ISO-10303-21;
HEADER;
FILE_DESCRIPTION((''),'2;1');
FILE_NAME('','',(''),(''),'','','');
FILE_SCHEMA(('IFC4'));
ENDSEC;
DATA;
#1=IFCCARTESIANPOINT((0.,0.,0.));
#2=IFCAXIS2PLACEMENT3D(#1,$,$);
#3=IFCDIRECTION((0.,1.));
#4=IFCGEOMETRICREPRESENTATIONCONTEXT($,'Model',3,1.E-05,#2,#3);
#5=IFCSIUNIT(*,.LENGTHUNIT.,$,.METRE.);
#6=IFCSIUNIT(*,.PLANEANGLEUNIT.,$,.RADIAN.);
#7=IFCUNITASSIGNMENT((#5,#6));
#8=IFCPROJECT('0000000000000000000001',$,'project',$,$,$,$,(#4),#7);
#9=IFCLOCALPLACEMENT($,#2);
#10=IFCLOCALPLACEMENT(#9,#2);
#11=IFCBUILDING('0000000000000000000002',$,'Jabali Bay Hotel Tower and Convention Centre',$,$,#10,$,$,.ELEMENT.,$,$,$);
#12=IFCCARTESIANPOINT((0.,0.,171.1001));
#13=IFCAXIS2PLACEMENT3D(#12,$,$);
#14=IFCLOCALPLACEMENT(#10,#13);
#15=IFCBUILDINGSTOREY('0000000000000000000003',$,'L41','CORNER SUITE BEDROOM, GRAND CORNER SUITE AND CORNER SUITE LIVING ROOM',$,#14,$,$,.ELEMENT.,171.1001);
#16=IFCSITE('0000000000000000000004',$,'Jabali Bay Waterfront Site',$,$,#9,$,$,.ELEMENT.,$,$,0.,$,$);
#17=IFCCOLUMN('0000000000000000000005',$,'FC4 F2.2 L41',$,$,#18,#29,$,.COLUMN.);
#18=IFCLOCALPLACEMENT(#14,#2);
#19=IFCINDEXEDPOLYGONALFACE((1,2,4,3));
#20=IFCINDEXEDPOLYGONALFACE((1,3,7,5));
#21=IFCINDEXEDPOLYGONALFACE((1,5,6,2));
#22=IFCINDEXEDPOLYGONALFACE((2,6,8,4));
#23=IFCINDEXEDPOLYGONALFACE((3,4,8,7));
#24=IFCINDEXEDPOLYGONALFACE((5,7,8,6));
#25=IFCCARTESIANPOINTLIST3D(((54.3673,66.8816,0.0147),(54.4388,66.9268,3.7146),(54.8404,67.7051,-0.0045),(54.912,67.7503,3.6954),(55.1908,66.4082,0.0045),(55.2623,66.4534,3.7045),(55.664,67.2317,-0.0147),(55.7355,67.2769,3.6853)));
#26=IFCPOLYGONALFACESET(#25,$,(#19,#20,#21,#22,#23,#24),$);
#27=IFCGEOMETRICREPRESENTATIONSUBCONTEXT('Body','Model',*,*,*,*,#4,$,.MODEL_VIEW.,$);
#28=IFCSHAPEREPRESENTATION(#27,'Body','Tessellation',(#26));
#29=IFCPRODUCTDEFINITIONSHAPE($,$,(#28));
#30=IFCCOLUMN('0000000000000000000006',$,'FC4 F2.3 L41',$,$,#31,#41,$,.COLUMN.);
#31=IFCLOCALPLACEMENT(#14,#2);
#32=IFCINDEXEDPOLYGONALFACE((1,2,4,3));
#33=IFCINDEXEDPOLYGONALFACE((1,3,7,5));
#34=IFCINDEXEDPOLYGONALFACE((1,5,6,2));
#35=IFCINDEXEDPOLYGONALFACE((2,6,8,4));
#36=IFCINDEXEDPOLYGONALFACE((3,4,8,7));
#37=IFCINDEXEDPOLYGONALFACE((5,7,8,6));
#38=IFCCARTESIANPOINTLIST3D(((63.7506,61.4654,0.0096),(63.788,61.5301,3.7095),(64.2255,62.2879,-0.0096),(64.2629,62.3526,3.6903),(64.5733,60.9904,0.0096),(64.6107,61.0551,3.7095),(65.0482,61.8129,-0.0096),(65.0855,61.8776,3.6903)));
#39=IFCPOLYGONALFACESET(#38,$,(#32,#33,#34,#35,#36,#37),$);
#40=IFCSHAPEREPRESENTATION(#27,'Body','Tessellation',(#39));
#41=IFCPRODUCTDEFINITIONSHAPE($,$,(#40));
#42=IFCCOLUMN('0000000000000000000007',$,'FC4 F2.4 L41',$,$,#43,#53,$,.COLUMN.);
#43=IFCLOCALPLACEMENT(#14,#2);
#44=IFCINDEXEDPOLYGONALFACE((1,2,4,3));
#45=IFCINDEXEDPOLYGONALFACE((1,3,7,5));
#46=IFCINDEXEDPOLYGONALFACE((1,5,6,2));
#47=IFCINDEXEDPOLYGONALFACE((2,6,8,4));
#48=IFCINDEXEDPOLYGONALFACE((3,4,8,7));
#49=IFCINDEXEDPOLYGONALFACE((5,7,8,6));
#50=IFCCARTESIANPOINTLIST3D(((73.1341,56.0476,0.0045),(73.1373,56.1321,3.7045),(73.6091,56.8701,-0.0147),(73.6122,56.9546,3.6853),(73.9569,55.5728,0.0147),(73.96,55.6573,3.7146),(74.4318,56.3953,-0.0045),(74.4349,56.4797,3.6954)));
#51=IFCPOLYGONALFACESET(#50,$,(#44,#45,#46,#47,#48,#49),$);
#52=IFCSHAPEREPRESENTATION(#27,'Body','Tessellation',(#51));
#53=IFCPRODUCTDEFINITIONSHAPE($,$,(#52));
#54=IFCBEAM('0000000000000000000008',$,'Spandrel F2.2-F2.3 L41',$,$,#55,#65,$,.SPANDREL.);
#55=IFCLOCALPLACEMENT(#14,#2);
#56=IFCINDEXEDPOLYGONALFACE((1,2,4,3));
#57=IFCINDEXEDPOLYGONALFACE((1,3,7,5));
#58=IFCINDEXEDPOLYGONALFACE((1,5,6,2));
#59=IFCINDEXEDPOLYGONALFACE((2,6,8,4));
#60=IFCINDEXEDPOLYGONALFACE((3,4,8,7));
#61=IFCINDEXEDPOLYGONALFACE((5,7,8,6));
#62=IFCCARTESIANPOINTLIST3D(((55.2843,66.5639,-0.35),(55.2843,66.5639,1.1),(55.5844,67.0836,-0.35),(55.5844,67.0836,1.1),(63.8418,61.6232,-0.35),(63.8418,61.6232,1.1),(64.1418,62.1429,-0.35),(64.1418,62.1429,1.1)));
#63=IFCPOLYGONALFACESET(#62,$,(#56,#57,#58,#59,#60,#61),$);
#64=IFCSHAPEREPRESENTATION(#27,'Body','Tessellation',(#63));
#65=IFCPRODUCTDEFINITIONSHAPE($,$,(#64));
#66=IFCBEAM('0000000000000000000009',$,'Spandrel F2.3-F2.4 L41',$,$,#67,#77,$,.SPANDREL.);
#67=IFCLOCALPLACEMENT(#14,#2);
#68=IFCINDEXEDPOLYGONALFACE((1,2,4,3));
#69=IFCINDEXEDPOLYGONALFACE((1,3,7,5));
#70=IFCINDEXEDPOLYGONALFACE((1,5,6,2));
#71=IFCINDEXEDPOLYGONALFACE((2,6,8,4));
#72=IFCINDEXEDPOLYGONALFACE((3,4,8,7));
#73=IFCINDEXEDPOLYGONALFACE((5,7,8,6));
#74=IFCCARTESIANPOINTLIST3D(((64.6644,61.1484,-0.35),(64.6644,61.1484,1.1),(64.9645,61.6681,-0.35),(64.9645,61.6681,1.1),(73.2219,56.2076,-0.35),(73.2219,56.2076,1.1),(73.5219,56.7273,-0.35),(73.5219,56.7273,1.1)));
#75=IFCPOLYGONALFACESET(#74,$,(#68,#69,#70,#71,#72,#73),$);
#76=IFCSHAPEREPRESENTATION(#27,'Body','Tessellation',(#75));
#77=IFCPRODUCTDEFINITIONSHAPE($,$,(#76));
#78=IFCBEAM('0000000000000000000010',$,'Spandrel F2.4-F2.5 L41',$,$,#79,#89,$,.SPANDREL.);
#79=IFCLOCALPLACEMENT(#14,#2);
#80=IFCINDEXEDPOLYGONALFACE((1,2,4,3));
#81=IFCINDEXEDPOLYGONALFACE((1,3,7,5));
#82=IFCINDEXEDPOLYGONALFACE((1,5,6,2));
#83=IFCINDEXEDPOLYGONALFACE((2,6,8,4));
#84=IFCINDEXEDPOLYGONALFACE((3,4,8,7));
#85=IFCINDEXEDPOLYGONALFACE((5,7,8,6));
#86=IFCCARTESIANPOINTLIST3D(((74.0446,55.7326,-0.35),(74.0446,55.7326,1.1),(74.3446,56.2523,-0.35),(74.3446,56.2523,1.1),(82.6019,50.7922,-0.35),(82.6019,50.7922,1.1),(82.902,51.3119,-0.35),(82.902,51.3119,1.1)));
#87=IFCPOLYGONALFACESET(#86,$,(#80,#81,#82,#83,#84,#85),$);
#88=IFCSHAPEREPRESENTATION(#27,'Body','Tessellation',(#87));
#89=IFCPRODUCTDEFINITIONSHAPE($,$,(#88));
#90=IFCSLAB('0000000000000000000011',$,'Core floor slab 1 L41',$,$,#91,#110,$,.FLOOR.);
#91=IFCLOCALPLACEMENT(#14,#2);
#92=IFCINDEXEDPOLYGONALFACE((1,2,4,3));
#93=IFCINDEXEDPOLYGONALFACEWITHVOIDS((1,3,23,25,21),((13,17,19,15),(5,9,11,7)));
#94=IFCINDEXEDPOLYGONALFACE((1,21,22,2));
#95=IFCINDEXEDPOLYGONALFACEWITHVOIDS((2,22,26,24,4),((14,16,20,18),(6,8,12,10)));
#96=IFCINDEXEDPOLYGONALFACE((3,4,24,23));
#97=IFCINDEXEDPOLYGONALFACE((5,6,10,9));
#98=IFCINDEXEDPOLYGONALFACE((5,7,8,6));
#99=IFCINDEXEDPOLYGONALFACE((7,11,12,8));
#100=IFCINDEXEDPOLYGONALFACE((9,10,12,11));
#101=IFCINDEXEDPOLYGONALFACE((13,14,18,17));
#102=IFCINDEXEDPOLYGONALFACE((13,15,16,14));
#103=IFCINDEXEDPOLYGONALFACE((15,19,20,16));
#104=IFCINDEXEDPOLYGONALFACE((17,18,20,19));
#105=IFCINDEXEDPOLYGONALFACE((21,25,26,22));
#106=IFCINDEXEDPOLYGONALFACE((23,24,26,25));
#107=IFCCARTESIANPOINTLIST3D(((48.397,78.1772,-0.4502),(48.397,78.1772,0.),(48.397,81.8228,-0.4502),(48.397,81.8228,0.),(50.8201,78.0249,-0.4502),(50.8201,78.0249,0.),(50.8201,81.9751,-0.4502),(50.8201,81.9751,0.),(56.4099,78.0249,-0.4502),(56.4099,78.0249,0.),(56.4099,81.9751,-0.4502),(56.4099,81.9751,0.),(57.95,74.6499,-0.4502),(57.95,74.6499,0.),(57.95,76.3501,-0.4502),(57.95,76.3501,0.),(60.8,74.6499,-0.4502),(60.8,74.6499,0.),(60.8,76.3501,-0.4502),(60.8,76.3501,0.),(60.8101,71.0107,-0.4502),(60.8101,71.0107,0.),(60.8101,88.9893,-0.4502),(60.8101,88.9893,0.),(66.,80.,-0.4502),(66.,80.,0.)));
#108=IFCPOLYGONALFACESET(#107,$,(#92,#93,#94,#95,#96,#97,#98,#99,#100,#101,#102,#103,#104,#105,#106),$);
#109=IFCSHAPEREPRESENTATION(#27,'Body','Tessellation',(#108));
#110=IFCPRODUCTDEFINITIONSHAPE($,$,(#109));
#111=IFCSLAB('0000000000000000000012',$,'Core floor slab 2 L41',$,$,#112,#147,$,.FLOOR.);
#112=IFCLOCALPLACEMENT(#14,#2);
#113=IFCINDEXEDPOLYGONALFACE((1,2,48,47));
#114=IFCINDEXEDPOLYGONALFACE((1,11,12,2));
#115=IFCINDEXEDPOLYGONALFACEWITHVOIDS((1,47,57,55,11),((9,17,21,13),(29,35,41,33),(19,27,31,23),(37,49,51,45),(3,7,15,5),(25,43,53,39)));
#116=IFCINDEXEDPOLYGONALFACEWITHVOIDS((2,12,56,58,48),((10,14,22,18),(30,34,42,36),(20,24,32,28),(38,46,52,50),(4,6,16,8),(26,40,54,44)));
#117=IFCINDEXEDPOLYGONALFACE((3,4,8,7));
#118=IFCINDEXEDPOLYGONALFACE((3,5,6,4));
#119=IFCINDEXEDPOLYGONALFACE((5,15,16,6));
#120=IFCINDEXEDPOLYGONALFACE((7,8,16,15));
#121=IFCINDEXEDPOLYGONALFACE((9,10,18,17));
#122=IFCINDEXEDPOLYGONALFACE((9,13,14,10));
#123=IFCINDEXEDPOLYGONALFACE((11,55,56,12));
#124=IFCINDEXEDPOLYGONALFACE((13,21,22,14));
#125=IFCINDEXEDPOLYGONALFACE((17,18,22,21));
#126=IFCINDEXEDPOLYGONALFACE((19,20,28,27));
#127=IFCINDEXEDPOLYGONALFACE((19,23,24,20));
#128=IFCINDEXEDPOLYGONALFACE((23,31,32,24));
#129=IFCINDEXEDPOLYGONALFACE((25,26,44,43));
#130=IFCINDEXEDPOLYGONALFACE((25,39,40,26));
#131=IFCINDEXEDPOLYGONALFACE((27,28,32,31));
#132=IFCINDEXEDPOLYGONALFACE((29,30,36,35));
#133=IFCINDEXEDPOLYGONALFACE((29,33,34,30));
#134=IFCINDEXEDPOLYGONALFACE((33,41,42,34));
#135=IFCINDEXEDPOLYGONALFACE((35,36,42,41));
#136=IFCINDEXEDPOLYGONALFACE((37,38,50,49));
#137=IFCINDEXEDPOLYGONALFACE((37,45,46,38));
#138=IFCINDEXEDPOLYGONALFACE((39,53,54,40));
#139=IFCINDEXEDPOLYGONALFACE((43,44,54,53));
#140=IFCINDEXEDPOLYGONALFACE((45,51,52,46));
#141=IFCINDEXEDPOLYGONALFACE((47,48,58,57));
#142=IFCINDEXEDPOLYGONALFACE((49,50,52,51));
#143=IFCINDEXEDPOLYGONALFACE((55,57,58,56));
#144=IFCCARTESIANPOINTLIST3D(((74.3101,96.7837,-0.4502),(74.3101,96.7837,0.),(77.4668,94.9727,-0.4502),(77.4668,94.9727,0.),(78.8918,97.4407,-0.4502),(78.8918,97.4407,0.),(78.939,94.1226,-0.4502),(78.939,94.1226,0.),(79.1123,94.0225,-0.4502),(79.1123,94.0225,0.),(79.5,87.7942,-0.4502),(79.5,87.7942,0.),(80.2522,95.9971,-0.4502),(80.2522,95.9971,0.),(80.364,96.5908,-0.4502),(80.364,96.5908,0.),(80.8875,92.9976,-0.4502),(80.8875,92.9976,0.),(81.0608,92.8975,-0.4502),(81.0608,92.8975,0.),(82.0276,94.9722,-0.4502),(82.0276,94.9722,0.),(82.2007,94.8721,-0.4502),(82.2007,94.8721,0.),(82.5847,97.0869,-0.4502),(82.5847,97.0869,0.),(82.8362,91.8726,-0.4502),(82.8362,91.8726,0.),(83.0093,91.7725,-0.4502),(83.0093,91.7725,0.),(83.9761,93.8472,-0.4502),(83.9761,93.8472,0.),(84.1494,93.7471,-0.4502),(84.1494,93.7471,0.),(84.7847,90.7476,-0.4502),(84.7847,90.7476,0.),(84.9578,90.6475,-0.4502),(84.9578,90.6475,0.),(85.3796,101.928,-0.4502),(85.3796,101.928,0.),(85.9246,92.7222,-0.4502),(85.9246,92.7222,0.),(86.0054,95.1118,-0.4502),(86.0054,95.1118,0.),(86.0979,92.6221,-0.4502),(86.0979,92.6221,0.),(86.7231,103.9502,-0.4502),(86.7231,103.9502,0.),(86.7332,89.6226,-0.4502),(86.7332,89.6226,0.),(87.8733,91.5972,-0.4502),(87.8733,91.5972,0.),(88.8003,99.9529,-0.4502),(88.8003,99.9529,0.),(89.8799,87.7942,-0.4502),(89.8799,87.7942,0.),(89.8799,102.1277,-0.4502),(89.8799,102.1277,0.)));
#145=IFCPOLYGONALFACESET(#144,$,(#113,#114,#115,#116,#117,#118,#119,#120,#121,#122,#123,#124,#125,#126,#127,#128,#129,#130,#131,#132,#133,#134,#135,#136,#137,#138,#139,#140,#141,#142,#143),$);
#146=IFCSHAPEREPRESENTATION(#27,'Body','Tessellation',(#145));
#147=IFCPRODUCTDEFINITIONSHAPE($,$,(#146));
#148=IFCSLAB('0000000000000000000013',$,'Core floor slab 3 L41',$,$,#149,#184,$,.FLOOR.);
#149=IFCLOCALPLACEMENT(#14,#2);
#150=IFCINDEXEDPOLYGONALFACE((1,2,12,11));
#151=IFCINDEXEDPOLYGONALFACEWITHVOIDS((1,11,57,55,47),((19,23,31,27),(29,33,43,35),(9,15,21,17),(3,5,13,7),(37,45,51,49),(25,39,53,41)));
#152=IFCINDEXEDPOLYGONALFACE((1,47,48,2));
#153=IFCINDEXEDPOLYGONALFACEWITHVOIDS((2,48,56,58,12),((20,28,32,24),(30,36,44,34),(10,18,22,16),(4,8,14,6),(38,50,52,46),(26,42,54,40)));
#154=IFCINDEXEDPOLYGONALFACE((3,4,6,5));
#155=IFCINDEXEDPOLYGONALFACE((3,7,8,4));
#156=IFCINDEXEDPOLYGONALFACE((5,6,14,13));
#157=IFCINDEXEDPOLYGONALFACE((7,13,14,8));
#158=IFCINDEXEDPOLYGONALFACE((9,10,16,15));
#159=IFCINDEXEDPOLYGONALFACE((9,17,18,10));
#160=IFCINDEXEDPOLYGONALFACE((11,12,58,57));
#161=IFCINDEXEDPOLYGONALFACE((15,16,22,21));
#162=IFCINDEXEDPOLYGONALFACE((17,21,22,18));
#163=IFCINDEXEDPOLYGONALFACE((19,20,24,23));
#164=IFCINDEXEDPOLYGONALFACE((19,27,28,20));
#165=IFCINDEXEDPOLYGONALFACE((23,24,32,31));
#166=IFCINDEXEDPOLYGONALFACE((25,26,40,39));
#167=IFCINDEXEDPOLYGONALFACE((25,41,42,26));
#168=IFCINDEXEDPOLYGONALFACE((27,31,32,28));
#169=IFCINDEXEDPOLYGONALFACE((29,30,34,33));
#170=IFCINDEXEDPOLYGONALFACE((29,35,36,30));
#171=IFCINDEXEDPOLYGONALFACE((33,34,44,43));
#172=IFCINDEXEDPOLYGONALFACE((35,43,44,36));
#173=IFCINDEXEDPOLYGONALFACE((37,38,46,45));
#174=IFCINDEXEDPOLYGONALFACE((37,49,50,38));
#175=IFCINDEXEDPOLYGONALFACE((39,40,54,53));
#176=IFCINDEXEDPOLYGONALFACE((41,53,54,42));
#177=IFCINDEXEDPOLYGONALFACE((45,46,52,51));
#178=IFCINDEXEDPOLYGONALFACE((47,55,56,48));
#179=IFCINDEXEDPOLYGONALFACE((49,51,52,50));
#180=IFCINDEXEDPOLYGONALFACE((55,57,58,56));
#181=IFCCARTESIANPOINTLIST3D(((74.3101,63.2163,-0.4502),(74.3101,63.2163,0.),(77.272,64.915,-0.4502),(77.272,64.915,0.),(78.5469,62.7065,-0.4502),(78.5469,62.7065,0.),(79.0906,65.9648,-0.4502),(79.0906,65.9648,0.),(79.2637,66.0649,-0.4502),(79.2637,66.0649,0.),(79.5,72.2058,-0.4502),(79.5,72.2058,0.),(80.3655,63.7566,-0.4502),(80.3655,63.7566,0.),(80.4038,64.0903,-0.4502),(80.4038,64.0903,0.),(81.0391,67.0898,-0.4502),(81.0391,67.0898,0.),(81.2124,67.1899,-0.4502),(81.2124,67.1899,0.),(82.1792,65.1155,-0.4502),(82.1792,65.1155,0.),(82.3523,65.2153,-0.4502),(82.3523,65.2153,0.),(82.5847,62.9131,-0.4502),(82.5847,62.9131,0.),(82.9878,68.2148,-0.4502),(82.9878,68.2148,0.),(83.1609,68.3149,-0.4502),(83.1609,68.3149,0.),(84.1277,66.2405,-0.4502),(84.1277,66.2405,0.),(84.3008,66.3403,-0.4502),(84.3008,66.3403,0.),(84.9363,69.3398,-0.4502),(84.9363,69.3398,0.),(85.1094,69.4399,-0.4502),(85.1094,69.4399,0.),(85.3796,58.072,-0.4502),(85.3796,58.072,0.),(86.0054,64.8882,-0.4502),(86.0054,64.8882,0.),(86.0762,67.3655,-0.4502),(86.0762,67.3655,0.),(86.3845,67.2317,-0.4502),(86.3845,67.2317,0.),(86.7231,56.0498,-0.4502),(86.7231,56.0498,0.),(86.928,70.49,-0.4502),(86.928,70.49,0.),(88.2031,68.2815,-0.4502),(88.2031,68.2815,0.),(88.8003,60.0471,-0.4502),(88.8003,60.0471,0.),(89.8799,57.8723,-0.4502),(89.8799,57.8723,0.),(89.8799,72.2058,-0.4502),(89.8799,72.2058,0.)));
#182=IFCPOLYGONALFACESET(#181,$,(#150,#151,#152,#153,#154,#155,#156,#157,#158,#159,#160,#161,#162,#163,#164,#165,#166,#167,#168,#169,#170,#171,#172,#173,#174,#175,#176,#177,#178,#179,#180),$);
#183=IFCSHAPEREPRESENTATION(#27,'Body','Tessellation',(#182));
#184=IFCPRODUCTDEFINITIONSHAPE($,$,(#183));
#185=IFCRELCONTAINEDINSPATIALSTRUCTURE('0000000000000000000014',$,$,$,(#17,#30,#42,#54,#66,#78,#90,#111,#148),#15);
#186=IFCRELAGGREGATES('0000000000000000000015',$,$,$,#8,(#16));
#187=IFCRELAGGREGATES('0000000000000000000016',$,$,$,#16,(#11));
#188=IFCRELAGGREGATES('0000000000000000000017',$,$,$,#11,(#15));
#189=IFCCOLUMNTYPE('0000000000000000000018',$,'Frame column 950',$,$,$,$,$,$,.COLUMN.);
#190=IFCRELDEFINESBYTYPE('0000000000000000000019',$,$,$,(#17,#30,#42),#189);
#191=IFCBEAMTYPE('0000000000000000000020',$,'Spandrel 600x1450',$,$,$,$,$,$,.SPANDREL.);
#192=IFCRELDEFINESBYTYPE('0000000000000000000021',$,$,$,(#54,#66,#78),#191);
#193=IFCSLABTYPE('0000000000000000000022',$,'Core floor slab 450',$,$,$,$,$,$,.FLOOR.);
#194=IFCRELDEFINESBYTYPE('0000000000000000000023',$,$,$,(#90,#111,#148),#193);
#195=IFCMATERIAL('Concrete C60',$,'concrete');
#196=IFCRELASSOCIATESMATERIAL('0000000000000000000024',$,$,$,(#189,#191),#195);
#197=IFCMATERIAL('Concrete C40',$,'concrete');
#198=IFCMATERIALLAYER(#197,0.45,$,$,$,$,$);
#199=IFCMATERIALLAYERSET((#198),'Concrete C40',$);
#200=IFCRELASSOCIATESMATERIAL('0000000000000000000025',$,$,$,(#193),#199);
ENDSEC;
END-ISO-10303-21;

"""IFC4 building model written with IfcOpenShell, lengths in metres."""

from ifc_helpers import new_model, si_unit, direction, frame, origin, origin_2d, place, context, subcontext, project, spatial, polyline, rectangle, outline, extrude, material, layer, layer_set, material_profile, profile_set, type_object, element, save


model = new_model("IFC4")

# Units and contexts
model_context = context("Model", 3, precision=1e-05, world=origin(), true_north=direction((0.0, 1.0)))
body_context = subcontext(model_context, "Body", "Model", "MODEL_VIEW")
ifc_project = project(units=[si_unit("LENGTHUNIT", "METRE"), si_unit("PLANEANGLEUNIT", "RADIAN")], contexts=[model_context])

# Site, building, storey
site_placement = place(None, origin())
site = spatial("IfcSite", under=ifc_project, at=site_placement, Name="Jabali Bay Waterfront Site", CompositionType="ELEMENT", RefElevation=0.0)
building_placement = place(site_placement, origin())
building = spatial("IfcBuilding", under=site, at=building_placement, Name="Jabali Bay Hotel Tower and Convention Centre", CompositionType="ELEMENT")
storey_placement = place(building_placement, frame((0.0, 0.0, 171.1001)))
storey = spatial("IfcBuildingStorey", under=building, at=storey_placement, Name="L41", Description="CORNER SUITE BEDROOM, GRAND CORNER SUITE AND CORNER SUITE LIVING ROOM", CompositionType="ELEMENT", Elevation=171.1001)

# Columns
ifc_material_1 = material(Name="Concrete C60", Category="concrete")
ifc_material_profile_1 = material_profile(ifc_material_1, rectangle(XDim=0.95, YDim=0.95, at=origin_2d()), Name="Frame column 950")
ifc_profile_set_1 = profile_set([ifc_material_profile_1], Name="Concrete C60")
column_type = type_object("IfcColumnType", Name="Frame column 950", PredefinedType="COLUMN", material=ifc_profile_set_1)
column_1_placement = place(storey_placement, frame((55.0156, 67.0566, 0.0), z_axis=(0.019329, 0.012204, 0.999739), x_axis=(-0.866911, 0.498348, 0.010677)))
element("IfcColumn", 1, at=column_1_placement, inside=storey, type_object=column_type, Name="FC4 F2.2 L41", PredefinedType="COLUMN", context=body_context, shape_type="SweptSolid", body=[
    extrude(rectangle(XDim=0.95, YDim=0.95, at=origin_2d()), origin(), (0.0, 0.0, 1.0), 3.7009),
])
column_2_placement = place(storey_placement, frame((64.3994, 61.6392, 0.0), z_axis=(0.010094, 0.017482, 0.999796), x_axis=(-0.499907, -0.865844, 0.020187)))
element("IfcColumn", 2, at=column_2_placement, inside=storey, type_object=column_type, Name="FC4 F2.3 L41", PredefinedType="COLUMN", context=body_context, shape_type="SweptSolid", body=[
    extrude(rectangle(XDim=0.95, YDim=0.95, at=origin_2d()), origin(), (0.0, 0.0, 1.0), 3.7007),
])
column_3_placement = place(storey_placement, frame((73.783, 56.2214, 0.0), z_axis=(0.000858, 0.022825, 0.999739), x_axis=(-0.499939, -0.865825, 0.020196)))
element("IfcColumn", 3, at=column_3_placement, inside=storey, type_object=column_type, Name="FC4 F2.4 L41", PredefinedType="COLUMN", context=body_context, shape_type="SweptSolid", body=[
    extrude(rectangle(XDim=0.95, YDim=0.95, at=origin_2d()), origin(), (0.0, 0.0, 1.0), 3.7009),
])

# Beams
ifc_material_profile_2 = material_profile(ifc_material_1, rectangle(XDim=0.6001, YDim=1.45, at=origin_2d()), Name="Spandrel 600x1450")
ifc_profile_set_2 = profile_set([ifc_material_profile_2], Name="Concrete C60")
beam_type = type_object("IfcBeamType", Name="Spandrel 600x1450", PredefinedType="SPANDREL", material=ifc_profile_set_2)
for number, where, z_axis, x_axis, name in (
    (4, (55.4343, 66.8237, 0.375), (0.866022, -0.500005, 0.0), (0.500005, 0.866022, 0.0), "Spandrel F2.2-F2.3 L41"),
    (5, (64.8145, 61.4082, 0.375), (0.866022, -0.500005, 0.0), (0.500005, 0.866022, 0.0), "Spandrel F2.3-F2.4 L41"),
):
    element("IfcBeam", number, at=place(storey_placement, frame(where, z_axis=z_axis, x_axis=x_axis)), inside=storey, type_object=beam_type, Name=name, PredefinedType="SPANDREL", context=body_context, shape_type="SweptSolid", body=[
        extrude(rectangle(XDim=0.6001, YDim=1.45, at=origin_2d()), origin(), (0.0, 0.0, 1.0), 9.8813),
    ])
beam_placement = place(storey_placement, frame((74.1946, 55.9924, 0.375), z_axis=(0.866033, -0.499987, 0.0), x_axis=(0.499987, 0.866033, 0.0)))
element("IfcBeam", 6, at=beam_placement, inside=storey, type_object=beam_type, Name="Spandrel F2.4-F2.5 L41", PredefinedType="SPANDREL", context=body_context, shape_type="SweptSolid", body=[
    extrude(rectangle(XDim=0.6001, YDim=1.45, at=origin_2d()), origin(), (0.0, 0.0, 1.0), 9.8811),
])

# Slabs
ifc_material_2 = material(Name="Concrete C40", Category="concrete")
ifc_layer_1 = layer(ifc_material_2, 0.45)
ifc_layer_set_1 = layer_set([ifc_layer_1], Name="Concrete C40")
slab_type_1 = type_object("IfcSlabType", Name="Core floor slab 450", PredefinedType="FLOOR", material=ifc_layer_set_1)
slab_1_placement = place(storey_placement, frame((0.0, 0.0, -0.4502)))
element("IfcSlab", 7, at=slab_1_placement, inside=storey, type_object=slab_type_1, Name="Core floor slab 1 L41", PredefinedType="FLOOR", context=body_context, shape_type="SweptSolid", body=[
    extrude(outline(polyline([(66.0, 80.0), (60.8101, 88.9893), (48.397, 81.8228), (48.397, 78.1772), (60.8101, 71.0107), (66.0, 80.0)]), holes=[polyline([(60.8, 76.3501), (57.95, 76.3501), (57.95, 74.6499), (60.8, 74.6499), (60.8, 76.3501)]), polyline([(50.8201, 81.9751), (50.8201, 78.0249), (56.4099, 78.0249), (56.4099, 81.9751), (50.8201, 81.9751)])]), origin(), (0.0, 0.0, 1.0), 0.4502),
])
slab_2_placement = place(storey_placement, frame((0.0, 0.0, -0.4502)))
element("IfcSlab", 8, at=slab_2_placement, inside=storey, type_object=slab_type_1, Name="Core floor slab 2 L41", PredefinedType="FLOOR", context=body_context, shape_type="SweptSolid", body=[
    extrude(outline(polyline([(79.5, 87.7942), (89.8799, 87.7942), (89.8799, 102.1277), (86.7231, 103.9502), (74.3101, 96.7837), (79.5, 87.7942)]), holes=[polyline([(84.9578, 90.6475), (86.7332, 89.6226), (87.8733, 91.5972), (86.0979, 92.6221), (84.9578, 90.6475)]), polyline([(84.1494, 93.7471), (83.0093, 91.7725), (84.7847, 90.7476), (85.9246, 92.7222), (84.1494, 93.7471)]), polyline([(82.2007, 94.8721), (81.0608, 92.8975), (82.8362, 91.8726), (83.9761, 93.8472), (82.2007, 94.8721)]), polyline([(79.1123, 94.0225), (80.8875, 92.9976), (82.0276, 94.9722), (80.2522, 95.9971), (79.1123, 94.0225)]), polyline([(78.8918, 97.4407), (77.4668, 94.9727), (78.939, 94.1226), (80.364, 96.5908), (78.8918, 97.4407)]), polyline([(82.5847, 97.0869), (86.0054, 95.1118), (88.8003, 99.9529), (85.3796, 101.928), (82.5847, 97.0869)])]), origin(), (0.0, 0.0, 1.0), 0.4502),
])
slab_3_placement = place(storey_placement, frame((0.0, 0.0, -0.4502)))
element("IfcSlab", 9, at=slab_3_placement, inside=storey, type_object=slab_type_1, Name="Core floor slab 3 L41", PredefinedType="FLOOR", context=body_context, shape_type="SweptSolid", body=[
    extrude(outline(polyline([(79.5, 72.2058), (74.3101, 63.2163), (86.7231, 56.0498), (89.8799, 57.8723), (89.8799, 72.2058), (79.5, 72.2058)]), holes=[polyline([(82.5847, 62.9131), (85.3796, 58.072), (88.8003, 60.0471), (86.0054, 64.8882), (82.5847, 62.9131)]), polyline([(80.3655, 63.7566), (79.0906, 65.9648), (77.272, 64.915), (78.5469, 62.7065), (80.3655, 63.7566)]), polyline([(82.1792, 65.1155), (81.0391, 67.0898), (79.2637, 66.0649), (80.4038, 64.0903), (82.1792, 65.1155)]), polyline([(82.9878, 68.2148), (81.2124, 67.1899), (82.3523, 65.2153), (84.1277, 66.2405), (82.9878, 68.2148)]), polyline([(86.0762, 67.3655), (84.9363, 69.3398), (83.1609, 68.3149), (84.3008, 66.3403), (86.0762, 67.3655)]), polyline([(88.2031, 68.2815), (86.928, 70.49), (85.1094, 69.4399), (86.3845, 67.2317), (88.2031, 68.2815)])]), origin(), (0.0, 0.0, 1.0), 0.4502),
])

save(model, "model.ifc")
